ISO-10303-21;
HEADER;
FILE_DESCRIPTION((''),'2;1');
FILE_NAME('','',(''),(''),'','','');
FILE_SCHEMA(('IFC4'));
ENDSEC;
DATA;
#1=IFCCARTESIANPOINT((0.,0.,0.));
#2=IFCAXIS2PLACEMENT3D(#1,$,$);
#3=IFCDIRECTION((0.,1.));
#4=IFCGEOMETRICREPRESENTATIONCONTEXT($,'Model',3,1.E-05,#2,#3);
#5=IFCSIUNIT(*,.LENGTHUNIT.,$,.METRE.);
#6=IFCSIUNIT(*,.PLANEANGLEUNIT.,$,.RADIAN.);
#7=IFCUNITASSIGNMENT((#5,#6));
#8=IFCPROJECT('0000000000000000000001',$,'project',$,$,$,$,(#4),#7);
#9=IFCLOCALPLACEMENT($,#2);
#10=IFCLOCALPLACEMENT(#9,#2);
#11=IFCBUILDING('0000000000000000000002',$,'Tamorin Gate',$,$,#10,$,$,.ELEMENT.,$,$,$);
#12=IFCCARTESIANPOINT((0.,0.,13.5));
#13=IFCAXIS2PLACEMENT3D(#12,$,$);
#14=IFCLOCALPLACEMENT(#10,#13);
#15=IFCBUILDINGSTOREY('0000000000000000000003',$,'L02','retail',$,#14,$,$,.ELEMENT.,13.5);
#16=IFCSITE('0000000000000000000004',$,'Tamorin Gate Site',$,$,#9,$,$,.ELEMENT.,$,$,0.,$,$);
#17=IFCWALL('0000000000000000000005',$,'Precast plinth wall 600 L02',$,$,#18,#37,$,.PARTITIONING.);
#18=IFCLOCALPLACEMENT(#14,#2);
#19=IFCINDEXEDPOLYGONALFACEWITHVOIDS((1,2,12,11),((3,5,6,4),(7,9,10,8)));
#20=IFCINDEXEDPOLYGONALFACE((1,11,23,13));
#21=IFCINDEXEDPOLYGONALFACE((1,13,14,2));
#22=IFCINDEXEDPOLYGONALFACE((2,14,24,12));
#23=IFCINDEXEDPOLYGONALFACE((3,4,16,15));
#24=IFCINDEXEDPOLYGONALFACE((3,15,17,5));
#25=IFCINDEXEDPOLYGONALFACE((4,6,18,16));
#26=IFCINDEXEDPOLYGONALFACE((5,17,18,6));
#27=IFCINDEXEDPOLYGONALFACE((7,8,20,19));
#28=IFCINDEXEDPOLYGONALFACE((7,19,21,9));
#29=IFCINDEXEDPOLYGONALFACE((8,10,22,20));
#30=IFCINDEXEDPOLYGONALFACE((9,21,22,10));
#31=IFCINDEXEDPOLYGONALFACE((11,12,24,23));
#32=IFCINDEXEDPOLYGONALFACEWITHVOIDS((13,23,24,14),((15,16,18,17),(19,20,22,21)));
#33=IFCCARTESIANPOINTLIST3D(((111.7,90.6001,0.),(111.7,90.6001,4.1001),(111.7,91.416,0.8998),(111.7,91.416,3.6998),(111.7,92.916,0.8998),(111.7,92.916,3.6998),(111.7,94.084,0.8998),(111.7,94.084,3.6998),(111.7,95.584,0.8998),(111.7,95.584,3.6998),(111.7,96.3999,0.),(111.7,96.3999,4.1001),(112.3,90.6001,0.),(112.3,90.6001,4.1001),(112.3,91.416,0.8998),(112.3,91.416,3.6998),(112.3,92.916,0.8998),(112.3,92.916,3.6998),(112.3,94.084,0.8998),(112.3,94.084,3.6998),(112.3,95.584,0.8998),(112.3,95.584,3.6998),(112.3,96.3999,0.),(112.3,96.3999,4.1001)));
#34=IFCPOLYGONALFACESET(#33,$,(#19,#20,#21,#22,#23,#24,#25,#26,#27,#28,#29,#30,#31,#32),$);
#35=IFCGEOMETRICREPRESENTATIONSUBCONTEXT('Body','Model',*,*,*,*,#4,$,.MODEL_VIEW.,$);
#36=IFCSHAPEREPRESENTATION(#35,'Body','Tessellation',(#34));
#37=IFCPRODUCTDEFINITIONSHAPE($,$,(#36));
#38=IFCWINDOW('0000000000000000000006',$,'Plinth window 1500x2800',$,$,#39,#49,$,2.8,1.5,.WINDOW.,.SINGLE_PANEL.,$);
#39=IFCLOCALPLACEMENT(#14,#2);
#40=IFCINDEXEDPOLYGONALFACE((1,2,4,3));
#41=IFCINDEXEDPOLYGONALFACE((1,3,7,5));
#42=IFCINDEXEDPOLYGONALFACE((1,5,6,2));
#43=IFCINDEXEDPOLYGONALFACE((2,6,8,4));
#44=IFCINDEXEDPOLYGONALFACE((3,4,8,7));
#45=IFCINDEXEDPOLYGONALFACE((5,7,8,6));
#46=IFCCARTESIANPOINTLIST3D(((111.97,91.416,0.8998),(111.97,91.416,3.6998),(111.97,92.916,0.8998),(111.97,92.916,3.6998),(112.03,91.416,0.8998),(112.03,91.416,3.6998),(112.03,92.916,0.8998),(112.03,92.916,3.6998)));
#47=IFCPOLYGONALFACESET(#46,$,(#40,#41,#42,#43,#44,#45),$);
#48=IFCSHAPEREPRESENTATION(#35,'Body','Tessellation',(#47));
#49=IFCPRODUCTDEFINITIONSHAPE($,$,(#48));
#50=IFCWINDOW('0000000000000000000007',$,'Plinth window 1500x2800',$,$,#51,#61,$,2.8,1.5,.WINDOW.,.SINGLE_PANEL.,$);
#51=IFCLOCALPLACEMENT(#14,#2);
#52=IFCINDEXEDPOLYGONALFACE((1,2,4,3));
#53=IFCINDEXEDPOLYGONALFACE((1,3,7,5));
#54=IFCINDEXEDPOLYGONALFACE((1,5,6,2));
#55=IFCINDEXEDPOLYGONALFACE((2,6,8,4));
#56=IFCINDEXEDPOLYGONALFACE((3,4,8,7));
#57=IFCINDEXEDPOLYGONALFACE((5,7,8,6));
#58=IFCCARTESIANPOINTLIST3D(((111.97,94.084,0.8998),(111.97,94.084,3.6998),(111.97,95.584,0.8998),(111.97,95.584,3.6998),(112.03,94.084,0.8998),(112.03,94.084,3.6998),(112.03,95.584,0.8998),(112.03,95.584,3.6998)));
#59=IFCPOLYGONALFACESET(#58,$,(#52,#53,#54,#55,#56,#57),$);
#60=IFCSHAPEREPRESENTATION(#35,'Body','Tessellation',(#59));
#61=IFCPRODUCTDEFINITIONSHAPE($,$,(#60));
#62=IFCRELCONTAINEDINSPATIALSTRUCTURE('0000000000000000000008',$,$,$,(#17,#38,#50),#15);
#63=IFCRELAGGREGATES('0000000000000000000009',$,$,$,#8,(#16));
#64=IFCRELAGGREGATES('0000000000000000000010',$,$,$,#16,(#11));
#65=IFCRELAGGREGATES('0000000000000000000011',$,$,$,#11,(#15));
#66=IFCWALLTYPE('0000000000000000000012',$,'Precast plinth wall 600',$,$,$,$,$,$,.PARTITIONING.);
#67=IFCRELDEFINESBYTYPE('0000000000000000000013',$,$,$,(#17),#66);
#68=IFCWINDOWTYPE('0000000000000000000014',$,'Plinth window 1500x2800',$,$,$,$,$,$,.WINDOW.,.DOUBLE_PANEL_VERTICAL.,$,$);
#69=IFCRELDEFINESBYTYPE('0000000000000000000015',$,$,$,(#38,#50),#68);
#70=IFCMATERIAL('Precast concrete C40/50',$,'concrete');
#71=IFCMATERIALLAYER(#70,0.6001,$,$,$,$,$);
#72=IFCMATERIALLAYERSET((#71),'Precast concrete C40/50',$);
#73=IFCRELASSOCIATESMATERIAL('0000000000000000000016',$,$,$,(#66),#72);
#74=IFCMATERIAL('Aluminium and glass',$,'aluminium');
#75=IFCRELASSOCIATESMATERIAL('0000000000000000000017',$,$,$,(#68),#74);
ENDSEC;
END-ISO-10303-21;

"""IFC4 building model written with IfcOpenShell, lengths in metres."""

from ifc_helpers import new_model, si_unit, direction, frame, frame_2d, origin, place, context, subcontext, project, spatial, rectangle, extrude, material, layer, layer_set, type_object, element, fill, save


model = new_model("IFC4")

# Units and contexts
model_context = context("Model", 3, precision=1e-05, world=origin(), true_north=direction((0.0, 1.0)))
body_context = subcontext(model_context, "Body", "Model", "MODEL_VIEW")
ifc_project = project(units=[si_unit("LENGTHUNIT", "METRE"), si_unit("PLANEANGLEUNIT", "RADIAN")], contexts=[model_context])

# Site, building, storey
site_placement = place(None, origin())
site = spatial("IfcSite", under=ifc_project, at=site_placement, Name="Tamorin Gate Site", CompositionType="ELEMENT", RefElevation=0.0)
building_placement = place(site_placement, origin())
building = spatial("IfcBuilding", under=site, at=building_placement, Name="Tamorin Gate", CompositionType="ELEMENT")
storey_placement = place(building_placement, frame((0.0, 0.0, 13.5)))
storey = spatial("IfcBuildingStorey", under=building, at=storey_placement, Name="L02", Description="retail", CompositionType="ELEMENT", Elevation=13.5)

# Wall, openings, windows
ifc_material_1 = material(Name="Precast concrete C40/50", Category="concrete")
ifc_layer_1 = layer(ifc_material_1, 0.6001)
ifc_layer_set_1 = layer_set([ifc_layer_1], Name="Precast concrete C40/50")
wall_type_1 = type_object("IfcWallType", Name="Precast plinth wall 600", PredefinedType="PARTITIONING", material=ifc_layer_set_1)
ifc_material_2 = material(Name="Aluminium and glass", Category="aluminium")
window_type = type_object("IfcWindowType", Name="Plinth window 1500x2800", PartitioningType="DOUBLE_PANEL_VERTICAL", PredefinedType="WINDOW", material=ifc_material_2)
wall_1_placement = place(storey_placement, frame((112.0, 90.6001, 0.0), z_axis=(0.0, 0.0, 1.0), x_axis=(0.0, 1.0, 0.0)))
wall_1 = element("IfcWall", 1, at=wall_1_placement, inside=storey, type_object=wall_type_1, Name="Precast plinth wall 600 L02", PredefinedType="PARTITIONING", context=body_context, shape_type="SweptSolid", body=[
    extrude(rectangle(XDim=5.7998, YDim=0.6001, at=frame_2d((2.8999, 0.0))), origin(), (0.0, 0.0, 1.0), 4.1001),
])
opening_1_placement = place(wall_1_placement, frame((0.8159, 0.0, 0.8999)))
opening_1 = element("IfcOpeningElement", 2, at=opening_1_placement, cuts=wall_1, PredefinedType="OPENING", context=body_context, shape_type="SweptSolid", body=[
    extrude(rectangle(XDim=1.5, YDim=2.8, at=frame_2d((0.75, 1.3999))), frame((0.0, 0.3101, 0.0), z_axis=(0.0, -1.0, 0.0), x_axis=(1.0, 0.0, 0.0)), (0.0, 0.0, 1.0), 0.6201),
])
opening_2_placement = place(wall_1_placement, frame((3.4839, 0.0, 0.8999)))
opening_2 = element("IfcOpeningElement", 3, at=opening_2_placement, cuts=wall_1, PredefinedType="OPENING", context=body_context, shape_type="SweptSolid", body=[
    extrude(rectangle(XDim=1.5, YDim=2.8, at=frame_2d((0.75, 1.3999))), frame((0.0, 0.3101, 0.0), z_axis=(0.0, -1.0, 0.0), x_axis=(1.0, 0.0, 0.0)), (0.0, 0.0, 1.0), 0.6201),
])
window_1_placement = place(opening_1_placement, origin())
window_1 = element("IfcWindow", 4, at=window_1_placement, inside=storey, type_object=window_type, Name="Plinth window 1500x2800", OverallHeight=2.8, OverallWidth=1.5, PartitioningType="SINGLE_PANEL", PredefinedType="WINDOW", context=body_context, shape_type="SweptSolid", body=[
    extrude(rectangle(XDim=1.5, YDim=2.8, at=frame_2d((0.75, 1.3999))), frame((0.0, 0.03, 0.0), z_axis=(0.0, -1.0, 0.0), x_axis=(1.0, 0.0, 0.0)), (0.0, 0.0, 1.0), 0.0601),
])
fill(opening_1, window_1)
window_2_placement = place(opening_2_placement, origin())
window_2 = element("IfcWindow", 5, at=window_2_placement, inside=storey, type_object=window_type, Name="Plinth window 1500x2800", OverallHeight=2.8, OverallWidth=1.5, PartitioningType="SINGLE_PANEL", PredefinedType="WINDOW", context=body_context, shape_type="SweptSolid", body=[
    extrude(rectangle(XDim=1.5, YDim=2.8, at=frame_2d((0.75, 1.3999))), frame((0.0, 0.03, 0.0), z_axis=(0.0, -1.0, 0.0), x_axis=(1.0, 0.0, 0.0)), (0.0, 0.0, 1.0), 0.0601),
])
fill(opening_2, window_2)

save(model, "model.ifc")
